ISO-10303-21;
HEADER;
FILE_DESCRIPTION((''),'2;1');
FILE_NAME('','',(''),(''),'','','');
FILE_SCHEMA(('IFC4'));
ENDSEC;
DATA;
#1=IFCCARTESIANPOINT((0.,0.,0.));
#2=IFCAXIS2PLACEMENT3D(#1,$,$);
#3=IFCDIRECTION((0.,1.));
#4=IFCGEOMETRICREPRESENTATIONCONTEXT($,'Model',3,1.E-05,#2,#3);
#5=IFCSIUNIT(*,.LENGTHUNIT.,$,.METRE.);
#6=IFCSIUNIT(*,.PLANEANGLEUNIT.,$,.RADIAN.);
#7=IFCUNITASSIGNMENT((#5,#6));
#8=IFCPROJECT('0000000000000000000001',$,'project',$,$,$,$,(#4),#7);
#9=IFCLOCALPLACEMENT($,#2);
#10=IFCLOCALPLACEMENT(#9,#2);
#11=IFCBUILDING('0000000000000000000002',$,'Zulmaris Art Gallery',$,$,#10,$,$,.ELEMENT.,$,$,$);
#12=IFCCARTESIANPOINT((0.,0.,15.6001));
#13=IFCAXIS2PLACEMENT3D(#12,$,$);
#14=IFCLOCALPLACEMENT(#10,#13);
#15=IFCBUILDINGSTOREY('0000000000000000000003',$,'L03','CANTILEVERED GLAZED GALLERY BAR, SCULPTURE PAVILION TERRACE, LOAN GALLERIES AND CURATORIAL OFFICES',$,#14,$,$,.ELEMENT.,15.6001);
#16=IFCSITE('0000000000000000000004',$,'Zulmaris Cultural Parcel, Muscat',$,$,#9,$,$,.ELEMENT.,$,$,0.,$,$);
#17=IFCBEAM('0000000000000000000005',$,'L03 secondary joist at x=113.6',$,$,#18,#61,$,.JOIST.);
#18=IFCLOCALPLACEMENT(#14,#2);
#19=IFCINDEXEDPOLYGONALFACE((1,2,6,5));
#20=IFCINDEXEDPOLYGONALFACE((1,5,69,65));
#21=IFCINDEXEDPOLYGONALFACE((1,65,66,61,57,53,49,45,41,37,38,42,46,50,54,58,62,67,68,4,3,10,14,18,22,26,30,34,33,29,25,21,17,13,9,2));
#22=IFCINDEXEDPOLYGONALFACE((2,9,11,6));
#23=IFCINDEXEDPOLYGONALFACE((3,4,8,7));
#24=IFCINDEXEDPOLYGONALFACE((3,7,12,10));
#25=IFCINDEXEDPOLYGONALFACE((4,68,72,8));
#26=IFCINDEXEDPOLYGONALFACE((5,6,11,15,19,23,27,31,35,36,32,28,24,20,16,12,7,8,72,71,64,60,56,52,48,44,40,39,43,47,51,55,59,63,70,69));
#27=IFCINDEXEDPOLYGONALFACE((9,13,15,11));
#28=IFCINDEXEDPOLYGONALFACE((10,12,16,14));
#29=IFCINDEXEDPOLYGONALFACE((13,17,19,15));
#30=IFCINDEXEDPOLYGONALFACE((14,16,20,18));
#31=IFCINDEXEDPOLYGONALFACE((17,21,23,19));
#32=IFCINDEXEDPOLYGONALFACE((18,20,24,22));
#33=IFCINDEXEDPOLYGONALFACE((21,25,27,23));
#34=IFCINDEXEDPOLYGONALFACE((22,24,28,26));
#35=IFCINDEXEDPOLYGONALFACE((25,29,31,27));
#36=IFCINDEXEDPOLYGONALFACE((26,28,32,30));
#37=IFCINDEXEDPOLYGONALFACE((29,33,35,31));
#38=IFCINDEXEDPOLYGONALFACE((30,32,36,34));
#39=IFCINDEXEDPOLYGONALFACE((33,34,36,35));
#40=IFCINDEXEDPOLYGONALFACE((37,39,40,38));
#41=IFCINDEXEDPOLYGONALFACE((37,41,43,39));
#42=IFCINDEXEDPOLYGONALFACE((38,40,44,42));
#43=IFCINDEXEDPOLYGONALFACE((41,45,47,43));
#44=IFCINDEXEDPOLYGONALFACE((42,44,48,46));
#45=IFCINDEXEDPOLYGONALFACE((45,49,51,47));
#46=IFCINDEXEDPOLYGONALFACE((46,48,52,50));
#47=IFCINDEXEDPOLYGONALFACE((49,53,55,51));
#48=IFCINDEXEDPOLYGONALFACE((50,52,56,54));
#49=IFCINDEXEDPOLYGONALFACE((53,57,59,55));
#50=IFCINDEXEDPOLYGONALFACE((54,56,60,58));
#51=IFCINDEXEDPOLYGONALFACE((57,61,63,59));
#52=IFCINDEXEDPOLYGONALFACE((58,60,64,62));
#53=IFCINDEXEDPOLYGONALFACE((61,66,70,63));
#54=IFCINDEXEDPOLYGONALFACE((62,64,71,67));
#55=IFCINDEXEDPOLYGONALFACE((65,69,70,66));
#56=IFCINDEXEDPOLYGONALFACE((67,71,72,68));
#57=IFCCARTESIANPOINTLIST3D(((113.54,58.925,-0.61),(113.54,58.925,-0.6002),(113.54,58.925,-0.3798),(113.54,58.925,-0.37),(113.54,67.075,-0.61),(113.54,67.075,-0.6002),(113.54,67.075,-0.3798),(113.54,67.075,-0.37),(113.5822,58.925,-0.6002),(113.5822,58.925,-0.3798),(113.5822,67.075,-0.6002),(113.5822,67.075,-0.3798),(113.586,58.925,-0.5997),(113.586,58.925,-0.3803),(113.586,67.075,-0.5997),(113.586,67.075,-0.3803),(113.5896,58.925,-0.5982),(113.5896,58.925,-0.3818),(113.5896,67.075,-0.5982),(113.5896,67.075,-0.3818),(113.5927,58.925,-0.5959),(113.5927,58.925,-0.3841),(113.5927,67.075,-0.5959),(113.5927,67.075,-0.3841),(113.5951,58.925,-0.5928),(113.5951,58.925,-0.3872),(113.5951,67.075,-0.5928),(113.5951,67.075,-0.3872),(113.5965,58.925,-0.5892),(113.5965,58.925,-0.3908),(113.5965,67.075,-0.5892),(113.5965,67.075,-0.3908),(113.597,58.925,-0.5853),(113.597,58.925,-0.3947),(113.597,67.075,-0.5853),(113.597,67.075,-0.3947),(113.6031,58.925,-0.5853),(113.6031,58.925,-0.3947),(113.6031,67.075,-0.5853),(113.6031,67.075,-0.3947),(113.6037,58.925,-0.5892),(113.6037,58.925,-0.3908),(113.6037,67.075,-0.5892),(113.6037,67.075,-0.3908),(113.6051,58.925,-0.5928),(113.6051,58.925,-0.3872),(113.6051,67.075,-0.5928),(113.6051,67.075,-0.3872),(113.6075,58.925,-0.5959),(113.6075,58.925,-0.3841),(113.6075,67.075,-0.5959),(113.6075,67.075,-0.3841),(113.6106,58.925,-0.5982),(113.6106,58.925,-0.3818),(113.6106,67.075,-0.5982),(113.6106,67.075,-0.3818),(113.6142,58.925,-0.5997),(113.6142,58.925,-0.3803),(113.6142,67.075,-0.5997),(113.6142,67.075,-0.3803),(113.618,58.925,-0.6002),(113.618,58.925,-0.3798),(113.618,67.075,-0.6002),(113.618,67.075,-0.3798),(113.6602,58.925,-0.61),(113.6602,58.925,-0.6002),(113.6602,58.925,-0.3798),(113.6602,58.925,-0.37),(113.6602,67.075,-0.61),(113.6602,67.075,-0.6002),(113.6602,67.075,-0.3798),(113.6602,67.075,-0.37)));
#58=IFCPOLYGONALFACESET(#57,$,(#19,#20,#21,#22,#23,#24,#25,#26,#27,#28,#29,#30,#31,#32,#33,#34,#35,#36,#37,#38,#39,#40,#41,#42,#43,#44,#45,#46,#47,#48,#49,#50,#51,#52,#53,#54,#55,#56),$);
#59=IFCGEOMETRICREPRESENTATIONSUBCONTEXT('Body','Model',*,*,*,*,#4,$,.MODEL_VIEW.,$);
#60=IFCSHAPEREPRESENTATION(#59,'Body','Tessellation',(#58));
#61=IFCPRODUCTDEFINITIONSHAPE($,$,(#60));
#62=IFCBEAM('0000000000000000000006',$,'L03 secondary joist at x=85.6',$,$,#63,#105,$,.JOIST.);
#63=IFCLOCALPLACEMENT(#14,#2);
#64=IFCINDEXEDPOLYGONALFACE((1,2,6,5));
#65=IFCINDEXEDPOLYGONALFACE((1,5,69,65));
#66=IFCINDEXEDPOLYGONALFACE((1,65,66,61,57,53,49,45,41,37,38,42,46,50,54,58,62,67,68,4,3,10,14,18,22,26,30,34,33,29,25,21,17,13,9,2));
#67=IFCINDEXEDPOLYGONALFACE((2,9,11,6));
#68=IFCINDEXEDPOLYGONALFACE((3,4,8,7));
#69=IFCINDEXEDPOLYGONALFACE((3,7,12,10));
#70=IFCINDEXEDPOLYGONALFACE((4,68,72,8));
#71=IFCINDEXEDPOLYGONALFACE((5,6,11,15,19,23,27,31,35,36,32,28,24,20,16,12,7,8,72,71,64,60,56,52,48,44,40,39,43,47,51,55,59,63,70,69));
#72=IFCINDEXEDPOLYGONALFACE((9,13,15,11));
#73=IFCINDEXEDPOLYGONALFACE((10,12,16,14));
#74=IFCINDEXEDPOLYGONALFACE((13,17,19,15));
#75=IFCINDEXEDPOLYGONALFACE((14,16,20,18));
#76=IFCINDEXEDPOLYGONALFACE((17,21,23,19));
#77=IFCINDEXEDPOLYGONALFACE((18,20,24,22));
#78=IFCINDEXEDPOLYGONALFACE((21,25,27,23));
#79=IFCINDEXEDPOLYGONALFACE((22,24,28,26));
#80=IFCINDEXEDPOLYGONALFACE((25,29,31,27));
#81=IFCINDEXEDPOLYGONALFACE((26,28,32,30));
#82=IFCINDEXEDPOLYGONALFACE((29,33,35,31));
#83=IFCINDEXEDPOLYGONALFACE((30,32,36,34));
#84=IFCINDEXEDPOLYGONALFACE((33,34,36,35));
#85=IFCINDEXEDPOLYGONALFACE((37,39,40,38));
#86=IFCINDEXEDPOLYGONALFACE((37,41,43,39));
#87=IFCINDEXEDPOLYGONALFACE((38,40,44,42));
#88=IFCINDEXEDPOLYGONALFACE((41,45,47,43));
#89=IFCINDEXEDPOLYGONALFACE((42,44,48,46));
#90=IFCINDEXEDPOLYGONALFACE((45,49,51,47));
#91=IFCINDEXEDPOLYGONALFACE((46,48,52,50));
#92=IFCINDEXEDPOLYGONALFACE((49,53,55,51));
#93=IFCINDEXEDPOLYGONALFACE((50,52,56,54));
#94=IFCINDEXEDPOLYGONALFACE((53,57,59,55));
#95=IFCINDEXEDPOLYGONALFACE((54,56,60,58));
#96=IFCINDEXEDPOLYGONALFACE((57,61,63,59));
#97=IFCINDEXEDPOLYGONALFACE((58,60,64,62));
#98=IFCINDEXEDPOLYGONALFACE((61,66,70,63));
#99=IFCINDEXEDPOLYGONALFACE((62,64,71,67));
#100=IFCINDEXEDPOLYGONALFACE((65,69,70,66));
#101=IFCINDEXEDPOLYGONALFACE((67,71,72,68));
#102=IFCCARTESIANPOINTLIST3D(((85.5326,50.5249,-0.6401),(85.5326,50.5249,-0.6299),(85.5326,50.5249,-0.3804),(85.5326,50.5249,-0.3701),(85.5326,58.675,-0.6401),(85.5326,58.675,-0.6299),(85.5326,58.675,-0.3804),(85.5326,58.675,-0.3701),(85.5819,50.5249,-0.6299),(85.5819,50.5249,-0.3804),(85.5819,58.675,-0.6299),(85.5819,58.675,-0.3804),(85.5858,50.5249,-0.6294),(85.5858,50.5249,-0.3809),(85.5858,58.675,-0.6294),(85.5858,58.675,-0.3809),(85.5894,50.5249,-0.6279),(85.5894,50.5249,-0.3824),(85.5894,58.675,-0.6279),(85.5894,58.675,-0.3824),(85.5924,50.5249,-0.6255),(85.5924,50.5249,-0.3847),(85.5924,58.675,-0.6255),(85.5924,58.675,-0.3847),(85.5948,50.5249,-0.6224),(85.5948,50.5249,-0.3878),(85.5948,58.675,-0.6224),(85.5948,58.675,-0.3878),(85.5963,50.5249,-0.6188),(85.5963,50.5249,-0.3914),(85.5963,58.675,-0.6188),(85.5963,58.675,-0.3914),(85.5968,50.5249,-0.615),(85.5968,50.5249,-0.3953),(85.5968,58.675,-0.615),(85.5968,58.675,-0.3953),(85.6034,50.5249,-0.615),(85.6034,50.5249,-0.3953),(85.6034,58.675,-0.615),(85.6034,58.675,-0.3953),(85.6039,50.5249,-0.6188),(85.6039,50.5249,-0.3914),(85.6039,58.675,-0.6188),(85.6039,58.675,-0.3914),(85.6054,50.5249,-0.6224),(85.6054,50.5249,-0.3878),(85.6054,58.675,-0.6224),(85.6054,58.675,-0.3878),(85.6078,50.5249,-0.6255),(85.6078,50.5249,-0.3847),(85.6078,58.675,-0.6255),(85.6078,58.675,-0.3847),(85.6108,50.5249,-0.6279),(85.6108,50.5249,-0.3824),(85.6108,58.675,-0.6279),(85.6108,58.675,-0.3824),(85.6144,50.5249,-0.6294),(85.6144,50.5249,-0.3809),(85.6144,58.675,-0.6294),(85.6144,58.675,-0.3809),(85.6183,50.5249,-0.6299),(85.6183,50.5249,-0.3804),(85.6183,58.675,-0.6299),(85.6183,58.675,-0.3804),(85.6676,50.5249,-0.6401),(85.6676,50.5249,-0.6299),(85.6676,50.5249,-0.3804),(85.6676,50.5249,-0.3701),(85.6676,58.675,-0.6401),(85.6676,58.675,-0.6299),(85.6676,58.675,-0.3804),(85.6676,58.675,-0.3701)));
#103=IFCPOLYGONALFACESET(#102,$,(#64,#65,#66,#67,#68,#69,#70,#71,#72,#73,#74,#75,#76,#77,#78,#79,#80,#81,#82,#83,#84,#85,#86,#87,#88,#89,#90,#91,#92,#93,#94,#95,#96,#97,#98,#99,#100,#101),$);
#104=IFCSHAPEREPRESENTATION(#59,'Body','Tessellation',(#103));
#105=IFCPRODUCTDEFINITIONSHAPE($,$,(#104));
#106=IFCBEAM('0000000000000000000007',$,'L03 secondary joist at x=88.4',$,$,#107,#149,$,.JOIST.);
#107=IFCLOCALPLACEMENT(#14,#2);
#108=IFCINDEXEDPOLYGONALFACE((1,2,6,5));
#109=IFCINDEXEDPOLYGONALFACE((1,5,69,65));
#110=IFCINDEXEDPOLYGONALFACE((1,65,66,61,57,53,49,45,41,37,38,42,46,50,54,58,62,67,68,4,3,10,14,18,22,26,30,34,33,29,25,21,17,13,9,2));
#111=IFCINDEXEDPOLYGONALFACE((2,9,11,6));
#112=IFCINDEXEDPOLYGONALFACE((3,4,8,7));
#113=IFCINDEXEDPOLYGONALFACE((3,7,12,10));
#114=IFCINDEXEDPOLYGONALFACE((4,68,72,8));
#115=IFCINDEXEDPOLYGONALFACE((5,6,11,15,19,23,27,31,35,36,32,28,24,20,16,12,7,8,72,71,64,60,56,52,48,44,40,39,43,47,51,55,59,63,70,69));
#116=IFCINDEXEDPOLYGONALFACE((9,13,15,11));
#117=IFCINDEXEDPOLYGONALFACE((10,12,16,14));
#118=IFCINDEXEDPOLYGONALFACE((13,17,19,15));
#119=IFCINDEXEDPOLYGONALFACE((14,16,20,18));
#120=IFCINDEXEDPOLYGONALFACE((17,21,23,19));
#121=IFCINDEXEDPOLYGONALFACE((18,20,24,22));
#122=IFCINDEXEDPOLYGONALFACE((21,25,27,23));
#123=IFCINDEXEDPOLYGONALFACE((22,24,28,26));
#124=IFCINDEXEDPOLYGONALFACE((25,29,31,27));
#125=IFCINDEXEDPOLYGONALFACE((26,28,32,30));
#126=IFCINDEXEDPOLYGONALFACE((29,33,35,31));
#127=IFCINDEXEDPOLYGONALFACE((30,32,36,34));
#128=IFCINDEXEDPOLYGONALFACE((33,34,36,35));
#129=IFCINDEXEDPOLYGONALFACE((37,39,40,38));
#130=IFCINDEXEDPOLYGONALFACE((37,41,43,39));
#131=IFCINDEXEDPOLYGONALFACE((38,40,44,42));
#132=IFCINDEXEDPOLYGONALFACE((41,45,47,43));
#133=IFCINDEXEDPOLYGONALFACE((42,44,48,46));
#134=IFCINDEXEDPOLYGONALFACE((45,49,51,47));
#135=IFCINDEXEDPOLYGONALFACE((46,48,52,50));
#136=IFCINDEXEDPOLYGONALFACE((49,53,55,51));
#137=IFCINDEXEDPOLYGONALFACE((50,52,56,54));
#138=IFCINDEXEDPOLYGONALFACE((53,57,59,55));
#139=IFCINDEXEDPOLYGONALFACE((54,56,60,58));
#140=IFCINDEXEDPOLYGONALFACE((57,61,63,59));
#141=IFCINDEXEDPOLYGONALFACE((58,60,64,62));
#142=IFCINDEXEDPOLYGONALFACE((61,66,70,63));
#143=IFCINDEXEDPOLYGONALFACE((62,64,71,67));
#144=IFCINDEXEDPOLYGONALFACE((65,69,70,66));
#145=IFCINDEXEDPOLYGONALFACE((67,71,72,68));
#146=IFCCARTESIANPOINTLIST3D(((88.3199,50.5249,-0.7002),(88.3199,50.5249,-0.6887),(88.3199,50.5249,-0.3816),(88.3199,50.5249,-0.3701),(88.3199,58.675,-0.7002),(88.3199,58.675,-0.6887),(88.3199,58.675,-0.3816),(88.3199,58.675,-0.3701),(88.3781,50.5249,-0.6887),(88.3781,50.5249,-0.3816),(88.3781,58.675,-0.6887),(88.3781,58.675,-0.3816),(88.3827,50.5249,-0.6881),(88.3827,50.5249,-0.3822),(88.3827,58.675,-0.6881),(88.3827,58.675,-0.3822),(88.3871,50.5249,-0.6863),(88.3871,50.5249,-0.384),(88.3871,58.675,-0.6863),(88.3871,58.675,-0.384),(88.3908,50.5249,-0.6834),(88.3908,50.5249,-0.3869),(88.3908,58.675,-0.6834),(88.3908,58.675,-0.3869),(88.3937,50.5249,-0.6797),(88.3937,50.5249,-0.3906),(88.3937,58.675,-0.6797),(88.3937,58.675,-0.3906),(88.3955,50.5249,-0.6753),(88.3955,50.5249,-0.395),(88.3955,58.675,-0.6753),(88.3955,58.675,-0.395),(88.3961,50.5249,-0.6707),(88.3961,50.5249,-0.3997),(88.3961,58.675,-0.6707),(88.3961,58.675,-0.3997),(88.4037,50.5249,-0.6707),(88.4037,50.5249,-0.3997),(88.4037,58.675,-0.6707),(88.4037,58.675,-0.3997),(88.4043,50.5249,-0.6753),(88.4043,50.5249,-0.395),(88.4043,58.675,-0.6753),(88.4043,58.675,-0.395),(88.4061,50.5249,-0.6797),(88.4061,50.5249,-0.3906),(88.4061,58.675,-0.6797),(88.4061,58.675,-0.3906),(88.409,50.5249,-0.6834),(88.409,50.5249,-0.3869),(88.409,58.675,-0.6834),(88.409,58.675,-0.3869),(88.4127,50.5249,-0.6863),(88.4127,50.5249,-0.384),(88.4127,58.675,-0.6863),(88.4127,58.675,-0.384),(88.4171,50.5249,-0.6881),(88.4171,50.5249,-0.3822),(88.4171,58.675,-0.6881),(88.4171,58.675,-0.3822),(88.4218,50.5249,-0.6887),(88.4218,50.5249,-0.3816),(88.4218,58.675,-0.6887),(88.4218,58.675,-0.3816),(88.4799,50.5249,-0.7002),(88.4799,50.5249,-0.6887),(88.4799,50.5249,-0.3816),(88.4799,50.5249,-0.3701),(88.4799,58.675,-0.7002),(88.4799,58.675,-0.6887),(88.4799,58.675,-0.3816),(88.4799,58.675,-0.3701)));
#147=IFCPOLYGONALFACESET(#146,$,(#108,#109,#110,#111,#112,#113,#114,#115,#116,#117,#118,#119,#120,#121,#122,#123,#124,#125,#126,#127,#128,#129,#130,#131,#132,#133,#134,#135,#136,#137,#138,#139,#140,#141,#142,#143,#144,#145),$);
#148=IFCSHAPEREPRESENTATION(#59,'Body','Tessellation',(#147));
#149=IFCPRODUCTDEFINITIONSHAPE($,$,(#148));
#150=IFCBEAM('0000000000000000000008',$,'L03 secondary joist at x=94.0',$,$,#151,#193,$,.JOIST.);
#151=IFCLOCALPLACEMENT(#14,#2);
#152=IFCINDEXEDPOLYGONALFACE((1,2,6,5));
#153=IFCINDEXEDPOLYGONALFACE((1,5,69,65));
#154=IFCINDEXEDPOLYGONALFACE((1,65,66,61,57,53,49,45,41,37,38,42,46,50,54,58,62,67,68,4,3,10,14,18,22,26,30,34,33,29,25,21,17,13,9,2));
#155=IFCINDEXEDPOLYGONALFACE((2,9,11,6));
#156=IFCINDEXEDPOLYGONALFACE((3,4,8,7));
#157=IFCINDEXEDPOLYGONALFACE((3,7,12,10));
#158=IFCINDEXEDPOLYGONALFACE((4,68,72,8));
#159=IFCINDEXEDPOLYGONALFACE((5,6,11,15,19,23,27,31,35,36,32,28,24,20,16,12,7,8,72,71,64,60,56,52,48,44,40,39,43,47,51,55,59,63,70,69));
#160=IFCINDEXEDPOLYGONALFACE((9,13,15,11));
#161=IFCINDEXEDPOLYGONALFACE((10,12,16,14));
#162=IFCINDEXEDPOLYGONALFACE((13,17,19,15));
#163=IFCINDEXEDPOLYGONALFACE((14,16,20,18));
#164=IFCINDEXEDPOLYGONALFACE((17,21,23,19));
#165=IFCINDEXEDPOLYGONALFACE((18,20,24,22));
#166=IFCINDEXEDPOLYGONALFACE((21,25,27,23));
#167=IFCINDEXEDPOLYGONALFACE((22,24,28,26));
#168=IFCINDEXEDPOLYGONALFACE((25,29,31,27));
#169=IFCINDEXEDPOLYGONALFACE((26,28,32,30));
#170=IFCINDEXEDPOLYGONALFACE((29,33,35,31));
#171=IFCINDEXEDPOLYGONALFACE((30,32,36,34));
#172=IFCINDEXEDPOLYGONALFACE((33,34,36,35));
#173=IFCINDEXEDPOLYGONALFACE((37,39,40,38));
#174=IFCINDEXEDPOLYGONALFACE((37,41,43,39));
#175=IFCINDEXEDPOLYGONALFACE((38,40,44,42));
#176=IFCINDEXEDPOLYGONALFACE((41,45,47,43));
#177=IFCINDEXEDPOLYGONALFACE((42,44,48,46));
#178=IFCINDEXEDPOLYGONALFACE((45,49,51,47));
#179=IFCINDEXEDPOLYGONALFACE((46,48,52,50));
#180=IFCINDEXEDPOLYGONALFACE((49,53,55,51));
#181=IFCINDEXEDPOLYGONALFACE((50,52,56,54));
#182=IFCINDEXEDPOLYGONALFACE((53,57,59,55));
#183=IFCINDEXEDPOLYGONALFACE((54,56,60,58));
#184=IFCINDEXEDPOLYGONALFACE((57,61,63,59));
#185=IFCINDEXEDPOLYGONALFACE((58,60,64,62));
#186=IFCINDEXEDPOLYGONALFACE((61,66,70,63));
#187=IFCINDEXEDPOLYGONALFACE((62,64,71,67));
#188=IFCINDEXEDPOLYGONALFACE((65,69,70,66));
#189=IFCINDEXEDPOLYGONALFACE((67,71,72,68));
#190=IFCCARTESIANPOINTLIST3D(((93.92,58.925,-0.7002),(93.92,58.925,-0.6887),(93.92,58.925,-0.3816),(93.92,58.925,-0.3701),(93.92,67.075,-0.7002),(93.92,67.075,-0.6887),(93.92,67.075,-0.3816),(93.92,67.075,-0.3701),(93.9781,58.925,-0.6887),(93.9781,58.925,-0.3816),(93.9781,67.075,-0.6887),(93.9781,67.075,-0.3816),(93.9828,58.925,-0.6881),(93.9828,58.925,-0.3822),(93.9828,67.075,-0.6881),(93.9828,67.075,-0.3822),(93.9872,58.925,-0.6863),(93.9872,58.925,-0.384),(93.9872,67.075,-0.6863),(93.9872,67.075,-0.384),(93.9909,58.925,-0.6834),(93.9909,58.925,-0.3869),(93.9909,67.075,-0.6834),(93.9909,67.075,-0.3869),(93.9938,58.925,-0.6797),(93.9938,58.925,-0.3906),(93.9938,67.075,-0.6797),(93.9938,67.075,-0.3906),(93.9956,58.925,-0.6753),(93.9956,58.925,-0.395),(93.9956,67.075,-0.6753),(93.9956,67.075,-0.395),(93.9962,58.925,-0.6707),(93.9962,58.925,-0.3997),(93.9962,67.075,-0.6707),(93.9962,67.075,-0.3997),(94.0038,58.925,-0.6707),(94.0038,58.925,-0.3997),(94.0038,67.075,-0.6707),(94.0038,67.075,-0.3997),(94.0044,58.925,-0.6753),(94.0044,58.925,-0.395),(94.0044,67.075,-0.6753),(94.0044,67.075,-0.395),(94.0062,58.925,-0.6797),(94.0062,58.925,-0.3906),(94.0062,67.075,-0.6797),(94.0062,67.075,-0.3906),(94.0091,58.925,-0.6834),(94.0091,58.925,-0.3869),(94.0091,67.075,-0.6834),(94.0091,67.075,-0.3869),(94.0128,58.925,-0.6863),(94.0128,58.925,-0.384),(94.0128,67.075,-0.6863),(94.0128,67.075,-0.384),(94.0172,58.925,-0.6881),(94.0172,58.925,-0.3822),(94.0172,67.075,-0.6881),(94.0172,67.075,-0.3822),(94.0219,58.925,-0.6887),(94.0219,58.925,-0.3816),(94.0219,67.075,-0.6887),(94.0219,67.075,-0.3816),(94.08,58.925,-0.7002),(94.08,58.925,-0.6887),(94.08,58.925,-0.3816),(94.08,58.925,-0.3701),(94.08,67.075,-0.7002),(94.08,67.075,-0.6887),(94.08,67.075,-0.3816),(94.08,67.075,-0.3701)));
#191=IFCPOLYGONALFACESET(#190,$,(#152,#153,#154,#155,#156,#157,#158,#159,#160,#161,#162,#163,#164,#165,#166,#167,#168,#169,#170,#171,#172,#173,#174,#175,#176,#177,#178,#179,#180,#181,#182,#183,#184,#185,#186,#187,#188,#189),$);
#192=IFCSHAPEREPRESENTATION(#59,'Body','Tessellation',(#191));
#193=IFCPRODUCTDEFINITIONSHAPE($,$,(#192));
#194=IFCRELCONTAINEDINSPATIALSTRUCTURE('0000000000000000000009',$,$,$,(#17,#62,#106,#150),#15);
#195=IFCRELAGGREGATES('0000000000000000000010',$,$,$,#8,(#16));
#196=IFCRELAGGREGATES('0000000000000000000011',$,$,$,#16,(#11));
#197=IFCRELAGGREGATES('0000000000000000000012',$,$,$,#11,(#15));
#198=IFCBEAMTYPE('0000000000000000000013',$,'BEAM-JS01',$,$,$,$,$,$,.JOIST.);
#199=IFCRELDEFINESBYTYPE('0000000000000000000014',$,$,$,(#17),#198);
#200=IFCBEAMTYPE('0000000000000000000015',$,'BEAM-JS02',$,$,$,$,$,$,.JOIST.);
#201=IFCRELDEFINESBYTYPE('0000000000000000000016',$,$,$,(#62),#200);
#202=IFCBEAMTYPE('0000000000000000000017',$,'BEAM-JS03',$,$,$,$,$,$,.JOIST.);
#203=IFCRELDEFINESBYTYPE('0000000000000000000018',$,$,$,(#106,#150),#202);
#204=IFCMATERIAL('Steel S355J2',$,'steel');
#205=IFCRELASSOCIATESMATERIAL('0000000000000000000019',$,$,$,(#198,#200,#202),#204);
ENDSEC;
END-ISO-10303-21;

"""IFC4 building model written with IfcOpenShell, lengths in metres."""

from ifc_helpers import new_model, si_unit, direction, frame, origin, origin_2d, place, context, subcontext, project, spatial, i_section, extrude, material, material_profile, profile_set, type_object, element, save


model = new_model("IFC4")

# Units and contexts
model_context = context("Model", 3, precision=1e-05, world=origin(), true_north=direction((0.0, 1.0)))
body_context = subcontext(model_context, "Body", "Model", "MODEL_VIEW")
ifc_project = project(units=[si_unit("LENGTHUNIT", "METRE"), si_unit("PLANEANGLEUNIT", "RADIAN")], contexts=[model_context])

# Site, building, storey
site_placement = place(None, origin())
site = spatial("IfcSite", under=ifc_project, at=site_placement, Name="Zulmaris Cultural Parcel, Muscat", CompositionType="ELEMENT", RefElevation=0.0)
building_placement = place(site_placement, origin())
building = spatial("IfcBuilding", under=site, at=building_placement, Name="Zulmaris Art Gallery", CompositionType="ELEMENT")
storey_placement = place(building_placement, frame((0.0, 0.0, 15.6001)))
storey = spatial("IfcBuildingStorey", under=building, at=storey_placement, Name="L03", Description="CANTILEVERED GLAZED GALLERY BAR, SCULPTURE PAVILION TERRACE, LOAN GALLERIES AND CURATORIAL OFFICES", CompositionType="ELEMENT", Elevation=15.6001)

# Beams
ifc_material_1 = material(Name="Steel S355J2", Category="steel")
ifc_material_profile_1 = material_profile(ifc_material_1, i_section(OverallWidth=0.1201, OverallDepth=0.24, WebThickness=0.0061, FlangeThickness=0.0098, FilletRadius=0.0149, at=origin_2d()), Name="IPE 240")
ifc_profile_set_1 = profile_set([ifc_material_profile_1], Name="Steel S355J2")
beam_type_1 = type_object("IfcBeamType", Name="BEAM-JS01", PredefinedType="JOIST", material=ifc_profile_set_1)
beam_1_placement = place(storey_placement, frame((113.6001, 58.925, -0.49), z_axis=(0.0, 1.0, 0.0), x_axis=(-1.0, 0.0, 0.0)))
element("IfcBeam", 1, at=beam_1_placement, inside=storey, type_object=beam_type_1, Name="L03 secondary joist at x=113.6", PredefinedType="JOIST", context=body_context, shape_type="SweptSolid", body=[
    extrude(i_section(OverallWidth=0.1201, OverallDepth=0.24, WebThickness=0.0061, FlangeThickness=0.0098, FilletRadius=0.0149, at=origin_2d()), origin(), (0.0, 0.0, 1.0), 8.1499),
])
ifc_material_profile_2 = material_profile(ifc_material_1, i_section(OverallWidth=0.135, OverallDepth=0.27, WebThickness=0.0066, FlangeThickness=0.0103, FilletRadius=0.0149, at=origin_2d()), Name="IPE 270")
ifc_profile_set_2 = profile_set([ifc_material_profile_2], Name="Steel S355J2")
beam_type_2 = type_object("IfcBeamType", Name="BEAM-JS02", PredefinedType="JOIST", material=ifc_profile_set_2)
beam_2_placement = place(storey_placement, frame((85.6001, 50.5249, -0.5051), z_axis=(0.0, 1.0, 0.0), x_axis=(-1.0, 0.0, 0.0)))
element("IfcBeam", 2, at=beam_2_placement, inside=storey, type_object=beam_type_2, Name="L03 secondary joist at x=85.6", PredefinedType="JOIST", context=body_context, shape_type="SweptSolid", body=[
    extrude(i_section(OverallWidth=0.135, OverallDepth=0.27, WebThickness=0.0066, FlangeThickness=0.0103, FilletRadius=0.0149, at=origin_2d()), origin(), (0.0, 0.0, 1.0), 8.1501),
])
ifc_material_profile_3 = material_profile(ifc_material_1, i_section(OverallWidth=0.1599, OverallDepth=0.3301, WebThickness=0.0076, FlangeThickness=0.0115, FilletRadius=0.0181, at=origin_2d()), Name="IPE 330")
ifc_profile_set_3 = profile_set([ifc_material_profile_3], Name="Steel S355J2")
beam_type_3 = type_object("IfcBeamType", Name="BEAM-JS03", PredefinedType="JOIST", material=ifc_profile_set_3)
beam_3_placement = place(storey_placement, frame((88.3999, 50.5249, -0.5352), z_axis=(0.0, 1.0, 0.0), x_axis=(-1.0, 0.0, 0.0)))
element("IfcBeam", 3, at=beam_3_placement, inside=storey, type_object=beam_type_3, Name="L03 secondary joist at x=88.4", PredefinedType="JOIST", context=body_context, shape_type="SweptSolid", body=[
    extrude(i_section(OverallWidth=0.1599, OverallDepth=0.3301, WebThickness=0.0076, FlangeThickness=0.0115, FilletRadius=0.0181, at=origin_2d()), origin(), (0.0, 0.0, 1.0), 8.1501),
])
for number, where, z_axis, x_axis, name in (
    (4, (94.0, 58.925, -0.5352), (0.0, 1.0, 0.0), (-1.0, 0.0, 0.0), "L03 secondary joist at x=94.0"),
):
    element("IfcBeam", number, at=place(storey_placement, frame(where, z_axis=z_axis, x_axis=x_axis)), inside=storey, type_object=beam_type_3, Name=name, PredefinedType="JOIST", context=body_context, shape_type="SweptSolid", body=[
        extrude(i_section(OverallWidth=0.1599, OverallDepth=0.3301, WebThickness=0.0076, FlangeThickness=0.0115, FilletRadius=0.0181, at=origin_2d()), origin(), (0.0, 0.0, 1.0), 8.1499),
    ])

save(model, "model.ifc")
